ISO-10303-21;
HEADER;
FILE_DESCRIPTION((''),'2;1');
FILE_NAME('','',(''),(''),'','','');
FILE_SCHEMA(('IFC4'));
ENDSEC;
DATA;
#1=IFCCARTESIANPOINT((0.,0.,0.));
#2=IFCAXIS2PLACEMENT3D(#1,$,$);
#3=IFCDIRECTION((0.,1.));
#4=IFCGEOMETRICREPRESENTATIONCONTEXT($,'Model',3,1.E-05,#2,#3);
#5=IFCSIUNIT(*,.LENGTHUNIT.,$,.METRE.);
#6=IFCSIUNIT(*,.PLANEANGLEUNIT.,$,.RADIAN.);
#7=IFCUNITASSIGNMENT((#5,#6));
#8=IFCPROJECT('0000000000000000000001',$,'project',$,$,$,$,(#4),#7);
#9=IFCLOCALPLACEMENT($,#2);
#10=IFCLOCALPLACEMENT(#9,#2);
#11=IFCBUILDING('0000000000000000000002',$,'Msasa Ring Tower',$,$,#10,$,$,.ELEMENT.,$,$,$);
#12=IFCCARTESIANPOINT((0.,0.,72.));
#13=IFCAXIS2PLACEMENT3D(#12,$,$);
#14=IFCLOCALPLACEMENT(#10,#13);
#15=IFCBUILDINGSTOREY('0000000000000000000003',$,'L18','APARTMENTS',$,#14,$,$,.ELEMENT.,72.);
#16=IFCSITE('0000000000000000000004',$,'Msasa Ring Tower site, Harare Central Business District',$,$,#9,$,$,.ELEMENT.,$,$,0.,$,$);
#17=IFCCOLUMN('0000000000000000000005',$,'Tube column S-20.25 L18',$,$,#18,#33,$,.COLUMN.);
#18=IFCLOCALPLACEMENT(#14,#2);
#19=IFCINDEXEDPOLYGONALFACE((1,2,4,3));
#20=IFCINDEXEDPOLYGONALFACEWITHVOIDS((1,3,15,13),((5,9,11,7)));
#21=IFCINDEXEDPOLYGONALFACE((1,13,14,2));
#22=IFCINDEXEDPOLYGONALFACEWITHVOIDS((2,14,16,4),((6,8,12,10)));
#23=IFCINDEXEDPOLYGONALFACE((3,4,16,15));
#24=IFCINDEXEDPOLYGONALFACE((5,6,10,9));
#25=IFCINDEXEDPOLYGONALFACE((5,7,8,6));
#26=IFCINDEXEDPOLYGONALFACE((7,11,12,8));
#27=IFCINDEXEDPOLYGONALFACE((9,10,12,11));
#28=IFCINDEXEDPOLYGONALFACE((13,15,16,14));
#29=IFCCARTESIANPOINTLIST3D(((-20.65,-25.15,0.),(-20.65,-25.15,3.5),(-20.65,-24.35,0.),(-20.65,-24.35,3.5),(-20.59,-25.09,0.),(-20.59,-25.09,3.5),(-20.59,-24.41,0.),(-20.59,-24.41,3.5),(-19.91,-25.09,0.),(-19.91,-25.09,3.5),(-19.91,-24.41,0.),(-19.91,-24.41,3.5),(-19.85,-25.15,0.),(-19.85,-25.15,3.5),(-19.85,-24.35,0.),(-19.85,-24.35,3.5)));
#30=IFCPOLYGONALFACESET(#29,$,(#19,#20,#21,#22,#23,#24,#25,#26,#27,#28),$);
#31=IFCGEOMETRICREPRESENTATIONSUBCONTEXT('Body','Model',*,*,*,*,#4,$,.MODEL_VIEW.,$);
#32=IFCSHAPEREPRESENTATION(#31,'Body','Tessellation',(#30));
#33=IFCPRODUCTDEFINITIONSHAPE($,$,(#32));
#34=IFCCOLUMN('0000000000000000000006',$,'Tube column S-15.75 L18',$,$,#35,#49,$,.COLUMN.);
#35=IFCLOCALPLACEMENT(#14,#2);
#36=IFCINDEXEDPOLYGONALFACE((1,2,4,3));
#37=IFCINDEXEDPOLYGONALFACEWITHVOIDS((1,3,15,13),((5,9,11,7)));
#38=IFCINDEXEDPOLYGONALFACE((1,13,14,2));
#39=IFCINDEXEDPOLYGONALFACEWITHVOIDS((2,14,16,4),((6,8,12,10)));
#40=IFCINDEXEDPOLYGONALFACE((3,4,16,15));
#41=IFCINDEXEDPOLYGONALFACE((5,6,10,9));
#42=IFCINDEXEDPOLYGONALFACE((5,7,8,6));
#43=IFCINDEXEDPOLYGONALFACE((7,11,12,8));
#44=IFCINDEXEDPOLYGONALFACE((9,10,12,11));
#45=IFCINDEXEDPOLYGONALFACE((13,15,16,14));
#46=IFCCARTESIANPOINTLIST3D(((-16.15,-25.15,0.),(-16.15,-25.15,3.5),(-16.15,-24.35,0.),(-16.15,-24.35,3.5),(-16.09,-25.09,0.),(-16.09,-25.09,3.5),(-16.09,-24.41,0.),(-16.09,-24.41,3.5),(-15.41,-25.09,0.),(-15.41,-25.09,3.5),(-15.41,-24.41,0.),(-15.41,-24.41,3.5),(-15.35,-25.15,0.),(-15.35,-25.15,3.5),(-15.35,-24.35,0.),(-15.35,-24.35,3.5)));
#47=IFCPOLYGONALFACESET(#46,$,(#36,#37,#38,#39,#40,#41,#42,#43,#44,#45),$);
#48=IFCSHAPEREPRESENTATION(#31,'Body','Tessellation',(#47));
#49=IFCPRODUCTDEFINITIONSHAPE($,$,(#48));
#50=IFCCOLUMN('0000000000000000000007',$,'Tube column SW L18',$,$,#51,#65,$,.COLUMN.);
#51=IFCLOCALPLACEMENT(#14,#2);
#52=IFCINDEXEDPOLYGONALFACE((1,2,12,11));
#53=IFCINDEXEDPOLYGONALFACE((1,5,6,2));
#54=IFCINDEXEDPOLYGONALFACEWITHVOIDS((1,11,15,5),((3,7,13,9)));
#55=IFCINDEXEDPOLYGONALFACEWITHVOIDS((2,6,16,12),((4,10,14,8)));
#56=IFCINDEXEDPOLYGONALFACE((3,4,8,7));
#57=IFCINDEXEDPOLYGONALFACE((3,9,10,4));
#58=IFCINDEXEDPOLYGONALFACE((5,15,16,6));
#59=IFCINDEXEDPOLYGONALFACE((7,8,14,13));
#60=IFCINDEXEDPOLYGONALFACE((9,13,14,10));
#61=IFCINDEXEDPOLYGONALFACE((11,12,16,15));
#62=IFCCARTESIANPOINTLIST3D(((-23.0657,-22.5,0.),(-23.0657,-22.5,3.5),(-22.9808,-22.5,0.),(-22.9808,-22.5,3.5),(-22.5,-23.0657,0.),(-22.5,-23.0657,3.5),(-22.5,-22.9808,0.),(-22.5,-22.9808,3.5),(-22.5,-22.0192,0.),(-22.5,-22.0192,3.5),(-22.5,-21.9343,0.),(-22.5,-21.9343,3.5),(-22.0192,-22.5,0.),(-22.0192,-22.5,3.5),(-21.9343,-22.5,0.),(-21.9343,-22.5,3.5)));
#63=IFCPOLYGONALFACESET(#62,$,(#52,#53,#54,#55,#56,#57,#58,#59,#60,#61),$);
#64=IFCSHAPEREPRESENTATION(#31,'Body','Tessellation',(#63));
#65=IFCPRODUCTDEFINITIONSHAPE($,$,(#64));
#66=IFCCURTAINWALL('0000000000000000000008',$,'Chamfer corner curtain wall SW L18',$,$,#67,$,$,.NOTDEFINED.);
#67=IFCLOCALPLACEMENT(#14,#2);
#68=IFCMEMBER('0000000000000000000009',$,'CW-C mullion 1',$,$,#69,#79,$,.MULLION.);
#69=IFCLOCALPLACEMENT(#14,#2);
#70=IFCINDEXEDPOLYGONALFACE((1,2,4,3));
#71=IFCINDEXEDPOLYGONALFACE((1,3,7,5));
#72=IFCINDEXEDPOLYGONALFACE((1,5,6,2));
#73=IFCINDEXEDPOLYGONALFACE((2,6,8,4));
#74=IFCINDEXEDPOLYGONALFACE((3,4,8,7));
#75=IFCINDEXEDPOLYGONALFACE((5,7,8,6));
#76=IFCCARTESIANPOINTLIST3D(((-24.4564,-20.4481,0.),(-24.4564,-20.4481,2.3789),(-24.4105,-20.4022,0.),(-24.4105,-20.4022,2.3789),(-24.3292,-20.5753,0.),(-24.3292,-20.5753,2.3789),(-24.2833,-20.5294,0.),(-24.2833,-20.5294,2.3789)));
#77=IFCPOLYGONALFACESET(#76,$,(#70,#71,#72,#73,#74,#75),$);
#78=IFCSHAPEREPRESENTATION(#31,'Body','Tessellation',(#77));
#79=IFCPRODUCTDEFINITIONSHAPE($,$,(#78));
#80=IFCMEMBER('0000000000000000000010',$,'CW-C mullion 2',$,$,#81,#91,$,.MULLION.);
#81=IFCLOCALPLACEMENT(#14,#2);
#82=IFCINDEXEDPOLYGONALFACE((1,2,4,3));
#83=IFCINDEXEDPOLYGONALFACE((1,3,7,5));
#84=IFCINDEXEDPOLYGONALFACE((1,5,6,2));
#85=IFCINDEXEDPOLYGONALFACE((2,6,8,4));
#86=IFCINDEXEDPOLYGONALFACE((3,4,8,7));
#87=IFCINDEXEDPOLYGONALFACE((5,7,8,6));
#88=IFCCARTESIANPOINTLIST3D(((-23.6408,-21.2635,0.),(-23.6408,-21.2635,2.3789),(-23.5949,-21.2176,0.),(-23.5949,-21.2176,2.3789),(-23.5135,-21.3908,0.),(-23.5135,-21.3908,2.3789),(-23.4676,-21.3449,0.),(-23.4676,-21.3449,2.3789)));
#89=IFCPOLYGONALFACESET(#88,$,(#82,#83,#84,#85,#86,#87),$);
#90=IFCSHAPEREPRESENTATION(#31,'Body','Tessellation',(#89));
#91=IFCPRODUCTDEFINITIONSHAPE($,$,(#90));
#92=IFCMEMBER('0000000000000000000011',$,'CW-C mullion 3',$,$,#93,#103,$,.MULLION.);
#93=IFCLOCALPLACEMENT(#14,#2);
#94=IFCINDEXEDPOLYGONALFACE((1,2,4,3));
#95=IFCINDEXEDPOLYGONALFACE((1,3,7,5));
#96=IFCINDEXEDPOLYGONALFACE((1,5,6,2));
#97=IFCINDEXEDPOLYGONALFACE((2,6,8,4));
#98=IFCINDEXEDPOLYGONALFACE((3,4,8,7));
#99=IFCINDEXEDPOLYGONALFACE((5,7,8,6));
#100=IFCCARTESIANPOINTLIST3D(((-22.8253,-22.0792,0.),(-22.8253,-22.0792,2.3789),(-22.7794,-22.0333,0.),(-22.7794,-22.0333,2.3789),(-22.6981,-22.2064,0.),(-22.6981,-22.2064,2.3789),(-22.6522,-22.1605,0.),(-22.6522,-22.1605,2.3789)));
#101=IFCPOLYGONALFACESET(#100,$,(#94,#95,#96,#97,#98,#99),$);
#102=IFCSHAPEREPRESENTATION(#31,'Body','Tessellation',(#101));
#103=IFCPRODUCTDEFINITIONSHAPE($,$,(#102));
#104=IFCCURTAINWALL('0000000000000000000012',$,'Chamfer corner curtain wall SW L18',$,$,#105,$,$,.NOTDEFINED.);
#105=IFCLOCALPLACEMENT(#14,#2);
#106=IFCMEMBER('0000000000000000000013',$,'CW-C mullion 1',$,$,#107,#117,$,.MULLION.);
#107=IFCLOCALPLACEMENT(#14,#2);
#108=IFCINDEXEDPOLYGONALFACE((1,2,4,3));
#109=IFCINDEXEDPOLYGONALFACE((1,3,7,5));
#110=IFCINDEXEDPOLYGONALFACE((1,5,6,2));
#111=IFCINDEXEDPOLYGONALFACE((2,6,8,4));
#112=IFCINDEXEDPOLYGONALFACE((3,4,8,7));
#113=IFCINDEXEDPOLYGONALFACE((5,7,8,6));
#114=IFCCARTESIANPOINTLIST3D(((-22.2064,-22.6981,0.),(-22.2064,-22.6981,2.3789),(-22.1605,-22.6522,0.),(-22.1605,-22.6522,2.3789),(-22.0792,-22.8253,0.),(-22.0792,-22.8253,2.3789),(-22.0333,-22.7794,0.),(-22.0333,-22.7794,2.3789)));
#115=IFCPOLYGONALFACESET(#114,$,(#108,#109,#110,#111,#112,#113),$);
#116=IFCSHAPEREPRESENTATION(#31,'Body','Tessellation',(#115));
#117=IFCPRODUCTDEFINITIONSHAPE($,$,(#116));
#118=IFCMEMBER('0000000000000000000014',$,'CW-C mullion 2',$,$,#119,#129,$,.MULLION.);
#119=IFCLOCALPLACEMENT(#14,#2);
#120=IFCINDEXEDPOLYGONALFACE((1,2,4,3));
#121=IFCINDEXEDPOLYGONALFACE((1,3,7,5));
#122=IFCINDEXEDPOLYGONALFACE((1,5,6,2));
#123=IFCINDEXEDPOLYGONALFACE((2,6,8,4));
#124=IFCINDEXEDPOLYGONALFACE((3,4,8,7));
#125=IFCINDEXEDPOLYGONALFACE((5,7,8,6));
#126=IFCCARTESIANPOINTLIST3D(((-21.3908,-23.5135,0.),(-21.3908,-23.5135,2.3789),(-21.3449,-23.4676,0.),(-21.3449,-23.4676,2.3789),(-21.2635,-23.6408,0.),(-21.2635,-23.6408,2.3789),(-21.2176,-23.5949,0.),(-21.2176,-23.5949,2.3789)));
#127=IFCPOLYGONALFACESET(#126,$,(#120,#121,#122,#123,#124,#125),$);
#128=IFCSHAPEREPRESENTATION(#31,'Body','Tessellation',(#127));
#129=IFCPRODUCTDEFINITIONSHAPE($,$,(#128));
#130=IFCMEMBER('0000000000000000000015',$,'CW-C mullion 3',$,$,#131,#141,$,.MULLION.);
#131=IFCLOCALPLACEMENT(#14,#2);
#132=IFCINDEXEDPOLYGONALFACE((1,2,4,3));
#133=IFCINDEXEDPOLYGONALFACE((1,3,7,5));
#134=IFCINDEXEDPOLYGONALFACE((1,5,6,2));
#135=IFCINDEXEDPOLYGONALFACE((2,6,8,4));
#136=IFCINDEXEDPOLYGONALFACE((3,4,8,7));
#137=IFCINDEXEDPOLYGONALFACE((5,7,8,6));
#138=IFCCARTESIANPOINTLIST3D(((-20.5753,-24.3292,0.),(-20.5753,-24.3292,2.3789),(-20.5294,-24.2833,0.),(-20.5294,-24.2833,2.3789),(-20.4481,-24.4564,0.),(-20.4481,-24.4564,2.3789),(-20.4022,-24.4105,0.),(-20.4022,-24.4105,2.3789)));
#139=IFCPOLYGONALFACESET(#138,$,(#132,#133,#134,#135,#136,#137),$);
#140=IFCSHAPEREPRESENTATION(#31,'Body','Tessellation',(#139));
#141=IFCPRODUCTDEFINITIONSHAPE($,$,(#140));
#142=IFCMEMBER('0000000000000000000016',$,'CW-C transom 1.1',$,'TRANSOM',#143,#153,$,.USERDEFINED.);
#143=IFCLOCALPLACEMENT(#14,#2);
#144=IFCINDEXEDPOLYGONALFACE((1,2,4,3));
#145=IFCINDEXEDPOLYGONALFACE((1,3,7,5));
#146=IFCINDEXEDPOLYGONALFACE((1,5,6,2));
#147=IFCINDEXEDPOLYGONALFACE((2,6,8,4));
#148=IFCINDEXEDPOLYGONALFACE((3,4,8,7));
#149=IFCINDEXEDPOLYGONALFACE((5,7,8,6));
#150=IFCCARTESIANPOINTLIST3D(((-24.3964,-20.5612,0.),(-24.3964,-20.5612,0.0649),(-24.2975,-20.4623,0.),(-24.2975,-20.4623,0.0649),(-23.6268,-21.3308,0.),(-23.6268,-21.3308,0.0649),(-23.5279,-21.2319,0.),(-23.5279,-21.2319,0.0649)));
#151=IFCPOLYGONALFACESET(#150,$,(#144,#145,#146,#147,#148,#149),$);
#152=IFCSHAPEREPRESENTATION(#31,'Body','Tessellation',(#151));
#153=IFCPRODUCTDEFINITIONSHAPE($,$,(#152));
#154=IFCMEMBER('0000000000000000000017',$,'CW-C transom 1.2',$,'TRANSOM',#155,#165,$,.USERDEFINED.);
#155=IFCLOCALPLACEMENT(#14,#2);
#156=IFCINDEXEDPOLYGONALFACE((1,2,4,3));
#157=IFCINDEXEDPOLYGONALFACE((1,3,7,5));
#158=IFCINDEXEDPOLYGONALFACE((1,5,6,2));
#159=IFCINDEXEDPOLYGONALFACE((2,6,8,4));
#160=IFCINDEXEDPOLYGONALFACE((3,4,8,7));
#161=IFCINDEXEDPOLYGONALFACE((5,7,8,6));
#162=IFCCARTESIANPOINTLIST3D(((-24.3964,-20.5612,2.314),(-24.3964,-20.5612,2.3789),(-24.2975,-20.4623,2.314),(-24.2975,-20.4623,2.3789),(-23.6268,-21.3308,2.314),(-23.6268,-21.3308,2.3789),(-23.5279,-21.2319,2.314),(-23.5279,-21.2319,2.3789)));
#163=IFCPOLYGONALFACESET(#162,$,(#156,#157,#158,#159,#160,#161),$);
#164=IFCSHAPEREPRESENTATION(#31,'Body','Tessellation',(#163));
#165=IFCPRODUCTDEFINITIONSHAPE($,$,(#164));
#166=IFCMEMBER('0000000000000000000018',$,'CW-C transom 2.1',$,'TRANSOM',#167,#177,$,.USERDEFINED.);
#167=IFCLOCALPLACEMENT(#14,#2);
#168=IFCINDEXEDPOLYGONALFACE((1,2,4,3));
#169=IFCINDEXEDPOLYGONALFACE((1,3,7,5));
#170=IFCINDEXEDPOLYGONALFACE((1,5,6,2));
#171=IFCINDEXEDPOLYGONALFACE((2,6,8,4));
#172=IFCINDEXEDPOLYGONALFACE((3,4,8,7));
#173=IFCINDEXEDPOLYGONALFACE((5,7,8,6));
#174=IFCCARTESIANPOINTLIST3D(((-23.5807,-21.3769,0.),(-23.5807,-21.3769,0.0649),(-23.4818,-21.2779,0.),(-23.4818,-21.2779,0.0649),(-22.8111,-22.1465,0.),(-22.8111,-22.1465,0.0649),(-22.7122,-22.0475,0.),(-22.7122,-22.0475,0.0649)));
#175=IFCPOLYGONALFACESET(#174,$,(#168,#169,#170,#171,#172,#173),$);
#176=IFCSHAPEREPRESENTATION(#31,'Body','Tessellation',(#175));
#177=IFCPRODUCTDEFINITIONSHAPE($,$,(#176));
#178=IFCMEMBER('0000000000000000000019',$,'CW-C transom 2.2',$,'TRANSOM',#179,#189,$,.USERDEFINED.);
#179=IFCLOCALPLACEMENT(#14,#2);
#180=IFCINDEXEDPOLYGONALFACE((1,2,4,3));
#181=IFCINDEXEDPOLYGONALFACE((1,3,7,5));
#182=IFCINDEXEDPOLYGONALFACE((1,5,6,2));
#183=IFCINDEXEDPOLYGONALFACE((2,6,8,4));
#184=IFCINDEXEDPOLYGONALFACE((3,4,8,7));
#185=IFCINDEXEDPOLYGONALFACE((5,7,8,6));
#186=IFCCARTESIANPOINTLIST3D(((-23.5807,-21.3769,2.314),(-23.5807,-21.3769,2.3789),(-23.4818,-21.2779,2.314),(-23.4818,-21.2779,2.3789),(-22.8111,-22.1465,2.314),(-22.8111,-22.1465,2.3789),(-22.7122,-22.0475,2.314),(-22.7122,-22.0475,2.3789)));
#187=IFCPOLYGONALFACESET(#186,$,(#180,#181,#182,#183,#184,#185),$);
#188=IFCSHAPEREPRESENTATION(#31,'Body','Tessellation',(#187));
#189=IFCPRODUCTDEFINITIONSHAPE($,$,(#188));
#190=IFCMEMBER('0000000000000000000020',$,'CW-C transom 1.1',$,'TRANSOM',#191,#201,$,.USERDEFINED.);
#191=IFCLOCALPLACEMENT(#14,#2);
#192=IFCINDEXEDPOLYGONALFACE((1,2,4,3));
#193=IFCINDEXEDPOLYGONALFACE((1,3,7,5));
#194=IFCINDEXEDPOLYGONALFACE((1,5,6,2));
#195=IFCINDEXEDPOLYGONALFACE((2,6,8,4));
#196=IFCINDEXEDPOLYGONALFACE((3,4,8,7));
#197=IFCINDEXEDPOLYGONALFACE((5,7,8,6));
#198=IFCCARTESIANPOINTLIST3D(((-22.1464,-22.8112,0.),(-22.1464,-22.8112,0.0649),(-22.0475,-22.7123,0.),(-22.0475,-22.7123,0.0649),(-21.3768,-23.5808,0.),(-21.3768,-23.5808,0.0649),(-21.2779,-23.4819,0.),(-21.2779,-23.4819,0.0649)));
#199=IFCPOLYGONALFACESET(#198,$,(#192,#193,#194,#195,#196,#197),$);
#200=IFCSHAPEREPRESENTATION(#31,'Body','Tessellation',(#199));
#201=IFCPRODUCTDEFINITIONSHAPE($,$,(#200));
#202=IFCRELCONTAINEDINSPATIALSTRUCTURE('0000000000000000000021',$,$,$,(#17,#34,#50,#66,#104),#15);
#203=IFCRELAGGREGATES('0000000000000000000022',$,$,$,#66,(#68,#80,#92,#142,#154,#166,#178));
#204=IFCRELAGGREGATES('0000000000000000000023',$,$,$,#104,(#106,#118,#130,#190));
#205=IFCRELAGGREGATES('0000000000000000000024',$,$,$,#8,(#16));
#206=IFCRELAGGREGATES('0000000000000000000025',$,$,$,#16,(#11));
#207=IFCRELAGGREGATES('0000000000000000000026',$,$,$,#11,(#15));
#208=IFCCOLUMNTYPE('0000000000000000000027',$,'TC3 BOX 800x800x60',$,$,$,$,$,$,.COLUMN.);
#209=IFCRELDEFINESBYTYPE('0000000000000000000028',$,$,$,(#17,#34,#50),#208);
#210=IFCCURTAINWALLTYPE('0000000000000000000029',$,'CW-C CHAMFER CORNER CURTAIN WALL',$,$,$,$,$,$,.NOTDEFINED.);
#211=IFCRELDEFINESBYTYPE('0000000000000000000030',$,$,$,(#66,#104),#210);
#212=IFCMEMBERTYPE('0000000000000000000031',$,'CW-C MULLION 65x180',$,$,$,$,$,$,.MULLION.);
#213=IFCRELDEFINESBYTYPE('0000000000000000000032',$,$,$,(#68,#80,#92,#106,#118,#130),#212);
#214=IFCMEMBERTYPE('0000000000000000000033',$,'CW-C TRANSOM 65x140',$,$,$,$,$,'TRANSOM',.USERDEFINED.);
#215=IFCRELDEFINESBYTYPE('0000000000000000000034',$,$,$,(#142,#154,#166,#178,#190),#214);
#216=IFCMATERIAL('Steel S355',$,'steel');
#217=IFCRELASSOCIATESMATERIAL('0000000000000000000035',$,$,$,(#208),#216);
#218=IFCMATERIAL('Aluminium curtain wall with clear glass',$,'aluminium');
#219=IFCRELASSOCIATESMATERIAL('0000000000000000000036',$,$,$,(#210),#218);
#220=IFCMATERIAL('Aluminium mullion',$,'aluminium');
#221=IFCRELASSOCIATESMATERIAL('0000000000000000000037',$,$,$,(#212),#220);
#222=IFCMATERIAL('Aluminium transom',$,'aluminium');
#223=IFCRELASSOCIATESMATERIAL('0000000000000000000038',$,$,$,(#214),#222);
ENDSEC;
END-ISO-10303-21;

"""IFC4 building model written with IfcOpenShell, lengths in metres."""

from ifc_helpers import new_model, si_unit, direction, frame, origin, origin_2d, place, context, subcontext, project, spatial, rectangle, hollow_rectangle, extrude, material, material_profile, profile_set, type_object, element, aggregate, save


model = new_model("IFC4")

# Units and contexts
model_context = context("Model", 3, precision=1e-05, world=origin(), true_north=direction((0.0, 1.0)))
body_context = subcontext(model_context, "Body", "Model", "MODEL_VIEW")
ifc_project = project(units=[si_unit("LENGTHUNIT", "METRE"), si_unit("PLANEANGLEUNIT", "RADIAN")], contexts=[model_context])

# Site, building, storey
site_placement = place(None, origin())
site = spatial("IfcSite", under=ifc_project, at=site_placement, Name="Msasa Ring Tower site, Harare Central Business District", CompositionType="ELEMENT", RefElevation=0.0)
building_placement = place(site_placement, origin())
building = spatial("IfcBuilding", under=site, at=building_placement, Name="Msasa Ring Tower", CompositionType="ELEMENT")
storey_placement = place(building_placement, frame((0.0, 0.0, 72.0)))
storey = spatial("IfcBuildingStorey", under=building, at=storey_placement, Name="L18", Description="APARTMENTS", CompositionType="ELEMENT", Elevation=72.0)

# Columns
ifc_material_1 = material(Name="Steel S355", Category="steel")
ifc_material_profile_1 = material_profile(ifc_material_1, hollow_rectangle(XDim=0.8, YDim=0.8, WallThickness=0.0601, at=origin_2d()), Name="BOX 800x800x60")
ifc_profile_set_1 = profile_set([ifc_material_profile_1], Name="Steel S355")
column_type = type_object("IfcColumnType", Name="TC3 BOX 800x800x60", PredefinedType="COLUMN", material=ifc_profile_set_1)
for number, where, z_axis, x_axis, name in (
    (1, (-20.25, -24.75, 0.0), (0.0, 0.0, 1.0), (0.0, 1.0, 0.0), "Tube column S-20.25 L18"),
    (2, (-15.75, -24.75, 0.0), (0.0, 0.0, 1.0), (0.0, 1.0, 0.0), "Tube column S-15.75 L18"),
    (3, (-22.5, -22.5, 0.0), (0.0, 0.0, 1.0), (0.707107, 0.707107, 0.0), "Tube column SW L18"),
):
    element("IfcColumn", number, at=place(storey_placement, frame(where, z_axis=z_axis, x_axis=x_axis)), inside=storey, type_object=column_type, Name=name, PredefinedType="COLUMN", context=body_context, shape_type="SweptSolid", body=[
        extrude(hollow_rectangle(XDim=0.8, YDim=0.8, WallThickness=0.0601, at=origin_2d()), origin(), (0.0, 0.0, 1.0), 3.5),
    ])

# Curtain walls, members
ifc_material_2 = material(Name="Aluminium curtain wall with clear glass", Category="aluminium")
curtain_wall_type = type_object("IfcCurtainWallType", Name="CW-C CHAMFER CORNER CURTAIN WALL", PredefinedType="NOTDEFINED", material=ifc_material_2)
curtain_wall_1_placement = place(storey_placement, origin())
curtain_wall_1 = element("IfcCurtainWall", 4, at=curtain_wall_1_placement, inside=storey, type_object=curtain_wall_type, Name="Chamfer corner curtain wall SW L18", PredefinedType="NOTDEFINED")
ifc_material_3 = material(Name="Aluminium mullion", Category="aluminium")
ifc_material_profile_2 = material_profile(ifc_material_3, rectangle(XDim=0.0649, YDim=0.1799, at=origin_2d()), Name="AL 65x180")
ifc_profile_set_2 = profile_set([ifc_material_profile_2], Name="Aluminium mullion")
member_type_1 = type_object("IfcMemberType", Name="CW-C MULLION 65x180", PredefinedType="MULLION", material=ifc_profile_set_2)
member_1_placement = place(storey_placement, frame((-24.3699, -20.4888, 0.0), z_axis=(0.0, 0.0, 1.0), x_axis=(0.707107, 0.707107, 0.0)))
member_1 = element("IfcMember", 5, at=member_1_placement, type_object=member_type_1, Name="CW-C mullion 1", PredefinedType="MULLION", context=body_context, shape_type="SweptSolid", body=[
    extrude(rectangle(XDim=0.0649, YDim=0.1799, at=origin_2d()), origin(), (0.0, 0.0, 1.0), 2.3789),
])
member_2_placement = place(storey_placement, frame((-23.5542, -21.3042, 0.0), z_axis=(0.0, 0.0, 1.0), x_axis=(0.707107, 0.707107, 0.0)))
member_2 = element("IfcMember", 6, at=member_2_placement, type_object=member_type_1, Name="CW-C mullion 2", PredefinedType="MULLION", context=body_context, shape_type="SweptSolid", body=[
    extrude(rectangle(XDim=0.0649, YDim=0.1799, at=origin_2d()), origin(), (0.0, 0.0, 1.0), 2.3789),
])
member_3_placement = place(storey_placement, frame((-22.7388, -22.1199, 0.0), z_axis=(0.0, 0.0, 1.0), x_axis=(0.707107, 0.707107, 0.0)))
member_3 = element("IfcMember", 7, at=member_3_placement, type_object=member_type_1, Name="CW-C mullion 3", PredefinedType="MULLION", context=body_context, shape_type="SweptSolid", body=[
    extrude(rectangle(XDim=0.0649, YDim=0.1799, at=origin_2d()), origin(), (0.0, 0.0, 1.0), 2.3789),
])
curtain_wall_2_placement = place(storey_placement, origin())
curtain_wall_2 = element("IfcCurtainWall", 8, at=curtain_wall_2_placement, inside=storey, type_object=curtain_wall_type, Name="Chamfer corner curtain wall SW L18", PredefinedType="NOTDEFINED")
member_4_placement = place(storey_placement, frame((-22.1199, -22.7388, 0.0), z_axis=(0.0, 0.0, 1.0), x_axis=(0.707107, 0.707107, 0.0)))
member_4 = element("IfcMember", 9, at=member_4_placement, type_object=member_type_1, Name="CW-C mullion 1", PredefinedType="MULLION", context=body_context, shape_type="SweptSolid", body=[
    extrude(rectangle(XDim=0.0649, YDim=0.1799, at=origin_2d()), origin(), (0.0, 0.0, 1.0), 2.3789),
])
member_5_placement = place(storey_placement, frame((-21.3042, -23.5542, 0.0), z_axis=(0.0, 0.0, 1.0), x_axis=(0.707107, 0.707107, 0.0)))
member_5 = element("IfcMember", 10, at=member_5_placement, type_object=member_type_1, Name="CW-C mullion 2", PredefinedType="MULLION", context=body_context, shape_type="SweptSolid", body=[
    extrude(rectangle(XDim=0.0649, YDim=0.1799, at=origin_2d()), origin(), (0.0, 0.0, 1.0), 2.3789),
])
member_6_placement = place(storey_placement, frame((-20.4888, -24.3699, 0.0), z_axis=(0.0, 0.0, 1.0), x_axis=(0.707107, 0.707107, 0.0)))
member_6 = element("IfcMember", 11, at=member_6_placement, type_object=member_type_1, Name="CW-C mullion 3", PredefinedType="MULLION", context=body_context, shape_type="SweptSolid", body=[
    extrude(rectangle(XDim=0.0649, YDim=0.1799, at=origin_2d()), origin(), (0.0, 0.0, 1.0), 2.3789),
])

# Members
ifc_material_4 = material(Name="Aluminium transom", Category="aluminium")
ifc_material_profile_3 = material_profile(ifc_material_4, rectangle(XDim=0.1399, YDim=0.0649, at=origin_2d()), Name="AL 65x140")
ifc_profile_set_3 = profile_set([ifc_material_profile_3], Name="Aluminium transom")
member_type_2 = type_object("IfcMemberType", Name="CW-C TRANSOM 65x140", ElementType="TRANSOM", PredefinedType="USERDEFINED", material=ifc_profile_set_3)
member_7_placement = place(storey_placement, frame((-24.3469, -20.5117, 0.0325), z_axis=(0.707107, -0.707107, 0.0), x_axis=(0.707107, 0.707107, 0.0)))
member_7 = element("IfcMember", 12, at=member_7_placement, type_object=member_type_2, Name="CW-C transom 1.1", ObjectType="TRANSOM", PredefinedType="USERDEFINED", context=body_context, shape_type="SweptSolid", body=[
    extrude(rectangle(XDim=0.1399, YDim=0.0649, at=origin_2d()), origin(), (0.0, 0.0, 1.0), 1.0884),
])
member_8_placement = place(storey_placement, frame((-24.3469, -20.5117, 2.3464), z_axis=(0.707107, -0.707107, 0.0), x_axis=(0.707107, 0.707107, 0.0)))
member_8 = element("IfcMember", 13, at=member_8_placement, type_object=member_type_2, Name="CW-C transom 1.2", ObjectType="TRANSOM", PredefinedType="USERDEFINED", context=body_context, shape_type="SweptSolid", body=[
    extrude(rectangle(XDim=0.1399, YDim=0.0649, at=origin_2d()), origin(), (0.0, 0.0, 1.0), 1.0884),
])
member_9_placement = place(storey_placement, frame((-23.5312, -21.3274, 0.0325), z_axis=(0.707107, -0.707107, 0.0), x_axis=(0.707107, 0.707107, 0.0)))
member_9 = element("IfcMember", 14, at=member_9_placement, type_object=member_type_2, Name="CW-C transom 2.1", ObjectType="TRANSOM", PredefinedType="USERDEFINED", context=body_context, shape_type="SweptSolid", body=[
    extrude(rectangle(XDim=0.1399, YDim=0.0649, at=origin_2d()), origin(), (0.0, 0.0, 1.0), 1.0884),
])
member_10_placement = place(storey_placement, frame((-23.5312, -21.3274, 2.3464), z_axis=(0.707107, -0.707107, 0.0), x_axis=(0.707107, 0.707107, 0.0)))
member_10 = element("IfcMember", 15, at=member_10_placement, type_object=member_type_2, Name="CW-C transom 2.2", ObjectType="TRANSOM", PredefinedType="USERDEFINED", context=body_context, shape_type="SweptSolid", body=[
    extrude(rectangle(XDim=0.1399, YDim=0.0649, at=origin_2d()), origin(), (0.0, 0.0, 1.0), 1.0884),
])
member_11_placement = place(storey_placement, frame((-22.0969, -22.7617, 0.0325), z_axis=(0.707107, -0.707107, 0.0), x_axis=(0.707107, 0.707107, 0.0)))
member_11 = element("IfcMember", 16, at=member_11_placement, type_object=member_type_2, Name="CW-C transom 1.1", ObjectType="TRANSOM", PredefinedType="USERDEFINED", context=body_context, shape_type="SweptSolid", body=[
    extrude(rectangle(XDim=0.1399, YDim=0.0649, at=origin_2d()), origin(), (0.0, 0.0, 1.0), 1.0884),
])

aggregate(curtain_wall_1, [member_1, member_2, member_3, member_7, member_8, member_9, member_10])
aggregate(curtain_wall_2, [member_4, member_5, member_6, member_11])

save(model, "model.ifc")
